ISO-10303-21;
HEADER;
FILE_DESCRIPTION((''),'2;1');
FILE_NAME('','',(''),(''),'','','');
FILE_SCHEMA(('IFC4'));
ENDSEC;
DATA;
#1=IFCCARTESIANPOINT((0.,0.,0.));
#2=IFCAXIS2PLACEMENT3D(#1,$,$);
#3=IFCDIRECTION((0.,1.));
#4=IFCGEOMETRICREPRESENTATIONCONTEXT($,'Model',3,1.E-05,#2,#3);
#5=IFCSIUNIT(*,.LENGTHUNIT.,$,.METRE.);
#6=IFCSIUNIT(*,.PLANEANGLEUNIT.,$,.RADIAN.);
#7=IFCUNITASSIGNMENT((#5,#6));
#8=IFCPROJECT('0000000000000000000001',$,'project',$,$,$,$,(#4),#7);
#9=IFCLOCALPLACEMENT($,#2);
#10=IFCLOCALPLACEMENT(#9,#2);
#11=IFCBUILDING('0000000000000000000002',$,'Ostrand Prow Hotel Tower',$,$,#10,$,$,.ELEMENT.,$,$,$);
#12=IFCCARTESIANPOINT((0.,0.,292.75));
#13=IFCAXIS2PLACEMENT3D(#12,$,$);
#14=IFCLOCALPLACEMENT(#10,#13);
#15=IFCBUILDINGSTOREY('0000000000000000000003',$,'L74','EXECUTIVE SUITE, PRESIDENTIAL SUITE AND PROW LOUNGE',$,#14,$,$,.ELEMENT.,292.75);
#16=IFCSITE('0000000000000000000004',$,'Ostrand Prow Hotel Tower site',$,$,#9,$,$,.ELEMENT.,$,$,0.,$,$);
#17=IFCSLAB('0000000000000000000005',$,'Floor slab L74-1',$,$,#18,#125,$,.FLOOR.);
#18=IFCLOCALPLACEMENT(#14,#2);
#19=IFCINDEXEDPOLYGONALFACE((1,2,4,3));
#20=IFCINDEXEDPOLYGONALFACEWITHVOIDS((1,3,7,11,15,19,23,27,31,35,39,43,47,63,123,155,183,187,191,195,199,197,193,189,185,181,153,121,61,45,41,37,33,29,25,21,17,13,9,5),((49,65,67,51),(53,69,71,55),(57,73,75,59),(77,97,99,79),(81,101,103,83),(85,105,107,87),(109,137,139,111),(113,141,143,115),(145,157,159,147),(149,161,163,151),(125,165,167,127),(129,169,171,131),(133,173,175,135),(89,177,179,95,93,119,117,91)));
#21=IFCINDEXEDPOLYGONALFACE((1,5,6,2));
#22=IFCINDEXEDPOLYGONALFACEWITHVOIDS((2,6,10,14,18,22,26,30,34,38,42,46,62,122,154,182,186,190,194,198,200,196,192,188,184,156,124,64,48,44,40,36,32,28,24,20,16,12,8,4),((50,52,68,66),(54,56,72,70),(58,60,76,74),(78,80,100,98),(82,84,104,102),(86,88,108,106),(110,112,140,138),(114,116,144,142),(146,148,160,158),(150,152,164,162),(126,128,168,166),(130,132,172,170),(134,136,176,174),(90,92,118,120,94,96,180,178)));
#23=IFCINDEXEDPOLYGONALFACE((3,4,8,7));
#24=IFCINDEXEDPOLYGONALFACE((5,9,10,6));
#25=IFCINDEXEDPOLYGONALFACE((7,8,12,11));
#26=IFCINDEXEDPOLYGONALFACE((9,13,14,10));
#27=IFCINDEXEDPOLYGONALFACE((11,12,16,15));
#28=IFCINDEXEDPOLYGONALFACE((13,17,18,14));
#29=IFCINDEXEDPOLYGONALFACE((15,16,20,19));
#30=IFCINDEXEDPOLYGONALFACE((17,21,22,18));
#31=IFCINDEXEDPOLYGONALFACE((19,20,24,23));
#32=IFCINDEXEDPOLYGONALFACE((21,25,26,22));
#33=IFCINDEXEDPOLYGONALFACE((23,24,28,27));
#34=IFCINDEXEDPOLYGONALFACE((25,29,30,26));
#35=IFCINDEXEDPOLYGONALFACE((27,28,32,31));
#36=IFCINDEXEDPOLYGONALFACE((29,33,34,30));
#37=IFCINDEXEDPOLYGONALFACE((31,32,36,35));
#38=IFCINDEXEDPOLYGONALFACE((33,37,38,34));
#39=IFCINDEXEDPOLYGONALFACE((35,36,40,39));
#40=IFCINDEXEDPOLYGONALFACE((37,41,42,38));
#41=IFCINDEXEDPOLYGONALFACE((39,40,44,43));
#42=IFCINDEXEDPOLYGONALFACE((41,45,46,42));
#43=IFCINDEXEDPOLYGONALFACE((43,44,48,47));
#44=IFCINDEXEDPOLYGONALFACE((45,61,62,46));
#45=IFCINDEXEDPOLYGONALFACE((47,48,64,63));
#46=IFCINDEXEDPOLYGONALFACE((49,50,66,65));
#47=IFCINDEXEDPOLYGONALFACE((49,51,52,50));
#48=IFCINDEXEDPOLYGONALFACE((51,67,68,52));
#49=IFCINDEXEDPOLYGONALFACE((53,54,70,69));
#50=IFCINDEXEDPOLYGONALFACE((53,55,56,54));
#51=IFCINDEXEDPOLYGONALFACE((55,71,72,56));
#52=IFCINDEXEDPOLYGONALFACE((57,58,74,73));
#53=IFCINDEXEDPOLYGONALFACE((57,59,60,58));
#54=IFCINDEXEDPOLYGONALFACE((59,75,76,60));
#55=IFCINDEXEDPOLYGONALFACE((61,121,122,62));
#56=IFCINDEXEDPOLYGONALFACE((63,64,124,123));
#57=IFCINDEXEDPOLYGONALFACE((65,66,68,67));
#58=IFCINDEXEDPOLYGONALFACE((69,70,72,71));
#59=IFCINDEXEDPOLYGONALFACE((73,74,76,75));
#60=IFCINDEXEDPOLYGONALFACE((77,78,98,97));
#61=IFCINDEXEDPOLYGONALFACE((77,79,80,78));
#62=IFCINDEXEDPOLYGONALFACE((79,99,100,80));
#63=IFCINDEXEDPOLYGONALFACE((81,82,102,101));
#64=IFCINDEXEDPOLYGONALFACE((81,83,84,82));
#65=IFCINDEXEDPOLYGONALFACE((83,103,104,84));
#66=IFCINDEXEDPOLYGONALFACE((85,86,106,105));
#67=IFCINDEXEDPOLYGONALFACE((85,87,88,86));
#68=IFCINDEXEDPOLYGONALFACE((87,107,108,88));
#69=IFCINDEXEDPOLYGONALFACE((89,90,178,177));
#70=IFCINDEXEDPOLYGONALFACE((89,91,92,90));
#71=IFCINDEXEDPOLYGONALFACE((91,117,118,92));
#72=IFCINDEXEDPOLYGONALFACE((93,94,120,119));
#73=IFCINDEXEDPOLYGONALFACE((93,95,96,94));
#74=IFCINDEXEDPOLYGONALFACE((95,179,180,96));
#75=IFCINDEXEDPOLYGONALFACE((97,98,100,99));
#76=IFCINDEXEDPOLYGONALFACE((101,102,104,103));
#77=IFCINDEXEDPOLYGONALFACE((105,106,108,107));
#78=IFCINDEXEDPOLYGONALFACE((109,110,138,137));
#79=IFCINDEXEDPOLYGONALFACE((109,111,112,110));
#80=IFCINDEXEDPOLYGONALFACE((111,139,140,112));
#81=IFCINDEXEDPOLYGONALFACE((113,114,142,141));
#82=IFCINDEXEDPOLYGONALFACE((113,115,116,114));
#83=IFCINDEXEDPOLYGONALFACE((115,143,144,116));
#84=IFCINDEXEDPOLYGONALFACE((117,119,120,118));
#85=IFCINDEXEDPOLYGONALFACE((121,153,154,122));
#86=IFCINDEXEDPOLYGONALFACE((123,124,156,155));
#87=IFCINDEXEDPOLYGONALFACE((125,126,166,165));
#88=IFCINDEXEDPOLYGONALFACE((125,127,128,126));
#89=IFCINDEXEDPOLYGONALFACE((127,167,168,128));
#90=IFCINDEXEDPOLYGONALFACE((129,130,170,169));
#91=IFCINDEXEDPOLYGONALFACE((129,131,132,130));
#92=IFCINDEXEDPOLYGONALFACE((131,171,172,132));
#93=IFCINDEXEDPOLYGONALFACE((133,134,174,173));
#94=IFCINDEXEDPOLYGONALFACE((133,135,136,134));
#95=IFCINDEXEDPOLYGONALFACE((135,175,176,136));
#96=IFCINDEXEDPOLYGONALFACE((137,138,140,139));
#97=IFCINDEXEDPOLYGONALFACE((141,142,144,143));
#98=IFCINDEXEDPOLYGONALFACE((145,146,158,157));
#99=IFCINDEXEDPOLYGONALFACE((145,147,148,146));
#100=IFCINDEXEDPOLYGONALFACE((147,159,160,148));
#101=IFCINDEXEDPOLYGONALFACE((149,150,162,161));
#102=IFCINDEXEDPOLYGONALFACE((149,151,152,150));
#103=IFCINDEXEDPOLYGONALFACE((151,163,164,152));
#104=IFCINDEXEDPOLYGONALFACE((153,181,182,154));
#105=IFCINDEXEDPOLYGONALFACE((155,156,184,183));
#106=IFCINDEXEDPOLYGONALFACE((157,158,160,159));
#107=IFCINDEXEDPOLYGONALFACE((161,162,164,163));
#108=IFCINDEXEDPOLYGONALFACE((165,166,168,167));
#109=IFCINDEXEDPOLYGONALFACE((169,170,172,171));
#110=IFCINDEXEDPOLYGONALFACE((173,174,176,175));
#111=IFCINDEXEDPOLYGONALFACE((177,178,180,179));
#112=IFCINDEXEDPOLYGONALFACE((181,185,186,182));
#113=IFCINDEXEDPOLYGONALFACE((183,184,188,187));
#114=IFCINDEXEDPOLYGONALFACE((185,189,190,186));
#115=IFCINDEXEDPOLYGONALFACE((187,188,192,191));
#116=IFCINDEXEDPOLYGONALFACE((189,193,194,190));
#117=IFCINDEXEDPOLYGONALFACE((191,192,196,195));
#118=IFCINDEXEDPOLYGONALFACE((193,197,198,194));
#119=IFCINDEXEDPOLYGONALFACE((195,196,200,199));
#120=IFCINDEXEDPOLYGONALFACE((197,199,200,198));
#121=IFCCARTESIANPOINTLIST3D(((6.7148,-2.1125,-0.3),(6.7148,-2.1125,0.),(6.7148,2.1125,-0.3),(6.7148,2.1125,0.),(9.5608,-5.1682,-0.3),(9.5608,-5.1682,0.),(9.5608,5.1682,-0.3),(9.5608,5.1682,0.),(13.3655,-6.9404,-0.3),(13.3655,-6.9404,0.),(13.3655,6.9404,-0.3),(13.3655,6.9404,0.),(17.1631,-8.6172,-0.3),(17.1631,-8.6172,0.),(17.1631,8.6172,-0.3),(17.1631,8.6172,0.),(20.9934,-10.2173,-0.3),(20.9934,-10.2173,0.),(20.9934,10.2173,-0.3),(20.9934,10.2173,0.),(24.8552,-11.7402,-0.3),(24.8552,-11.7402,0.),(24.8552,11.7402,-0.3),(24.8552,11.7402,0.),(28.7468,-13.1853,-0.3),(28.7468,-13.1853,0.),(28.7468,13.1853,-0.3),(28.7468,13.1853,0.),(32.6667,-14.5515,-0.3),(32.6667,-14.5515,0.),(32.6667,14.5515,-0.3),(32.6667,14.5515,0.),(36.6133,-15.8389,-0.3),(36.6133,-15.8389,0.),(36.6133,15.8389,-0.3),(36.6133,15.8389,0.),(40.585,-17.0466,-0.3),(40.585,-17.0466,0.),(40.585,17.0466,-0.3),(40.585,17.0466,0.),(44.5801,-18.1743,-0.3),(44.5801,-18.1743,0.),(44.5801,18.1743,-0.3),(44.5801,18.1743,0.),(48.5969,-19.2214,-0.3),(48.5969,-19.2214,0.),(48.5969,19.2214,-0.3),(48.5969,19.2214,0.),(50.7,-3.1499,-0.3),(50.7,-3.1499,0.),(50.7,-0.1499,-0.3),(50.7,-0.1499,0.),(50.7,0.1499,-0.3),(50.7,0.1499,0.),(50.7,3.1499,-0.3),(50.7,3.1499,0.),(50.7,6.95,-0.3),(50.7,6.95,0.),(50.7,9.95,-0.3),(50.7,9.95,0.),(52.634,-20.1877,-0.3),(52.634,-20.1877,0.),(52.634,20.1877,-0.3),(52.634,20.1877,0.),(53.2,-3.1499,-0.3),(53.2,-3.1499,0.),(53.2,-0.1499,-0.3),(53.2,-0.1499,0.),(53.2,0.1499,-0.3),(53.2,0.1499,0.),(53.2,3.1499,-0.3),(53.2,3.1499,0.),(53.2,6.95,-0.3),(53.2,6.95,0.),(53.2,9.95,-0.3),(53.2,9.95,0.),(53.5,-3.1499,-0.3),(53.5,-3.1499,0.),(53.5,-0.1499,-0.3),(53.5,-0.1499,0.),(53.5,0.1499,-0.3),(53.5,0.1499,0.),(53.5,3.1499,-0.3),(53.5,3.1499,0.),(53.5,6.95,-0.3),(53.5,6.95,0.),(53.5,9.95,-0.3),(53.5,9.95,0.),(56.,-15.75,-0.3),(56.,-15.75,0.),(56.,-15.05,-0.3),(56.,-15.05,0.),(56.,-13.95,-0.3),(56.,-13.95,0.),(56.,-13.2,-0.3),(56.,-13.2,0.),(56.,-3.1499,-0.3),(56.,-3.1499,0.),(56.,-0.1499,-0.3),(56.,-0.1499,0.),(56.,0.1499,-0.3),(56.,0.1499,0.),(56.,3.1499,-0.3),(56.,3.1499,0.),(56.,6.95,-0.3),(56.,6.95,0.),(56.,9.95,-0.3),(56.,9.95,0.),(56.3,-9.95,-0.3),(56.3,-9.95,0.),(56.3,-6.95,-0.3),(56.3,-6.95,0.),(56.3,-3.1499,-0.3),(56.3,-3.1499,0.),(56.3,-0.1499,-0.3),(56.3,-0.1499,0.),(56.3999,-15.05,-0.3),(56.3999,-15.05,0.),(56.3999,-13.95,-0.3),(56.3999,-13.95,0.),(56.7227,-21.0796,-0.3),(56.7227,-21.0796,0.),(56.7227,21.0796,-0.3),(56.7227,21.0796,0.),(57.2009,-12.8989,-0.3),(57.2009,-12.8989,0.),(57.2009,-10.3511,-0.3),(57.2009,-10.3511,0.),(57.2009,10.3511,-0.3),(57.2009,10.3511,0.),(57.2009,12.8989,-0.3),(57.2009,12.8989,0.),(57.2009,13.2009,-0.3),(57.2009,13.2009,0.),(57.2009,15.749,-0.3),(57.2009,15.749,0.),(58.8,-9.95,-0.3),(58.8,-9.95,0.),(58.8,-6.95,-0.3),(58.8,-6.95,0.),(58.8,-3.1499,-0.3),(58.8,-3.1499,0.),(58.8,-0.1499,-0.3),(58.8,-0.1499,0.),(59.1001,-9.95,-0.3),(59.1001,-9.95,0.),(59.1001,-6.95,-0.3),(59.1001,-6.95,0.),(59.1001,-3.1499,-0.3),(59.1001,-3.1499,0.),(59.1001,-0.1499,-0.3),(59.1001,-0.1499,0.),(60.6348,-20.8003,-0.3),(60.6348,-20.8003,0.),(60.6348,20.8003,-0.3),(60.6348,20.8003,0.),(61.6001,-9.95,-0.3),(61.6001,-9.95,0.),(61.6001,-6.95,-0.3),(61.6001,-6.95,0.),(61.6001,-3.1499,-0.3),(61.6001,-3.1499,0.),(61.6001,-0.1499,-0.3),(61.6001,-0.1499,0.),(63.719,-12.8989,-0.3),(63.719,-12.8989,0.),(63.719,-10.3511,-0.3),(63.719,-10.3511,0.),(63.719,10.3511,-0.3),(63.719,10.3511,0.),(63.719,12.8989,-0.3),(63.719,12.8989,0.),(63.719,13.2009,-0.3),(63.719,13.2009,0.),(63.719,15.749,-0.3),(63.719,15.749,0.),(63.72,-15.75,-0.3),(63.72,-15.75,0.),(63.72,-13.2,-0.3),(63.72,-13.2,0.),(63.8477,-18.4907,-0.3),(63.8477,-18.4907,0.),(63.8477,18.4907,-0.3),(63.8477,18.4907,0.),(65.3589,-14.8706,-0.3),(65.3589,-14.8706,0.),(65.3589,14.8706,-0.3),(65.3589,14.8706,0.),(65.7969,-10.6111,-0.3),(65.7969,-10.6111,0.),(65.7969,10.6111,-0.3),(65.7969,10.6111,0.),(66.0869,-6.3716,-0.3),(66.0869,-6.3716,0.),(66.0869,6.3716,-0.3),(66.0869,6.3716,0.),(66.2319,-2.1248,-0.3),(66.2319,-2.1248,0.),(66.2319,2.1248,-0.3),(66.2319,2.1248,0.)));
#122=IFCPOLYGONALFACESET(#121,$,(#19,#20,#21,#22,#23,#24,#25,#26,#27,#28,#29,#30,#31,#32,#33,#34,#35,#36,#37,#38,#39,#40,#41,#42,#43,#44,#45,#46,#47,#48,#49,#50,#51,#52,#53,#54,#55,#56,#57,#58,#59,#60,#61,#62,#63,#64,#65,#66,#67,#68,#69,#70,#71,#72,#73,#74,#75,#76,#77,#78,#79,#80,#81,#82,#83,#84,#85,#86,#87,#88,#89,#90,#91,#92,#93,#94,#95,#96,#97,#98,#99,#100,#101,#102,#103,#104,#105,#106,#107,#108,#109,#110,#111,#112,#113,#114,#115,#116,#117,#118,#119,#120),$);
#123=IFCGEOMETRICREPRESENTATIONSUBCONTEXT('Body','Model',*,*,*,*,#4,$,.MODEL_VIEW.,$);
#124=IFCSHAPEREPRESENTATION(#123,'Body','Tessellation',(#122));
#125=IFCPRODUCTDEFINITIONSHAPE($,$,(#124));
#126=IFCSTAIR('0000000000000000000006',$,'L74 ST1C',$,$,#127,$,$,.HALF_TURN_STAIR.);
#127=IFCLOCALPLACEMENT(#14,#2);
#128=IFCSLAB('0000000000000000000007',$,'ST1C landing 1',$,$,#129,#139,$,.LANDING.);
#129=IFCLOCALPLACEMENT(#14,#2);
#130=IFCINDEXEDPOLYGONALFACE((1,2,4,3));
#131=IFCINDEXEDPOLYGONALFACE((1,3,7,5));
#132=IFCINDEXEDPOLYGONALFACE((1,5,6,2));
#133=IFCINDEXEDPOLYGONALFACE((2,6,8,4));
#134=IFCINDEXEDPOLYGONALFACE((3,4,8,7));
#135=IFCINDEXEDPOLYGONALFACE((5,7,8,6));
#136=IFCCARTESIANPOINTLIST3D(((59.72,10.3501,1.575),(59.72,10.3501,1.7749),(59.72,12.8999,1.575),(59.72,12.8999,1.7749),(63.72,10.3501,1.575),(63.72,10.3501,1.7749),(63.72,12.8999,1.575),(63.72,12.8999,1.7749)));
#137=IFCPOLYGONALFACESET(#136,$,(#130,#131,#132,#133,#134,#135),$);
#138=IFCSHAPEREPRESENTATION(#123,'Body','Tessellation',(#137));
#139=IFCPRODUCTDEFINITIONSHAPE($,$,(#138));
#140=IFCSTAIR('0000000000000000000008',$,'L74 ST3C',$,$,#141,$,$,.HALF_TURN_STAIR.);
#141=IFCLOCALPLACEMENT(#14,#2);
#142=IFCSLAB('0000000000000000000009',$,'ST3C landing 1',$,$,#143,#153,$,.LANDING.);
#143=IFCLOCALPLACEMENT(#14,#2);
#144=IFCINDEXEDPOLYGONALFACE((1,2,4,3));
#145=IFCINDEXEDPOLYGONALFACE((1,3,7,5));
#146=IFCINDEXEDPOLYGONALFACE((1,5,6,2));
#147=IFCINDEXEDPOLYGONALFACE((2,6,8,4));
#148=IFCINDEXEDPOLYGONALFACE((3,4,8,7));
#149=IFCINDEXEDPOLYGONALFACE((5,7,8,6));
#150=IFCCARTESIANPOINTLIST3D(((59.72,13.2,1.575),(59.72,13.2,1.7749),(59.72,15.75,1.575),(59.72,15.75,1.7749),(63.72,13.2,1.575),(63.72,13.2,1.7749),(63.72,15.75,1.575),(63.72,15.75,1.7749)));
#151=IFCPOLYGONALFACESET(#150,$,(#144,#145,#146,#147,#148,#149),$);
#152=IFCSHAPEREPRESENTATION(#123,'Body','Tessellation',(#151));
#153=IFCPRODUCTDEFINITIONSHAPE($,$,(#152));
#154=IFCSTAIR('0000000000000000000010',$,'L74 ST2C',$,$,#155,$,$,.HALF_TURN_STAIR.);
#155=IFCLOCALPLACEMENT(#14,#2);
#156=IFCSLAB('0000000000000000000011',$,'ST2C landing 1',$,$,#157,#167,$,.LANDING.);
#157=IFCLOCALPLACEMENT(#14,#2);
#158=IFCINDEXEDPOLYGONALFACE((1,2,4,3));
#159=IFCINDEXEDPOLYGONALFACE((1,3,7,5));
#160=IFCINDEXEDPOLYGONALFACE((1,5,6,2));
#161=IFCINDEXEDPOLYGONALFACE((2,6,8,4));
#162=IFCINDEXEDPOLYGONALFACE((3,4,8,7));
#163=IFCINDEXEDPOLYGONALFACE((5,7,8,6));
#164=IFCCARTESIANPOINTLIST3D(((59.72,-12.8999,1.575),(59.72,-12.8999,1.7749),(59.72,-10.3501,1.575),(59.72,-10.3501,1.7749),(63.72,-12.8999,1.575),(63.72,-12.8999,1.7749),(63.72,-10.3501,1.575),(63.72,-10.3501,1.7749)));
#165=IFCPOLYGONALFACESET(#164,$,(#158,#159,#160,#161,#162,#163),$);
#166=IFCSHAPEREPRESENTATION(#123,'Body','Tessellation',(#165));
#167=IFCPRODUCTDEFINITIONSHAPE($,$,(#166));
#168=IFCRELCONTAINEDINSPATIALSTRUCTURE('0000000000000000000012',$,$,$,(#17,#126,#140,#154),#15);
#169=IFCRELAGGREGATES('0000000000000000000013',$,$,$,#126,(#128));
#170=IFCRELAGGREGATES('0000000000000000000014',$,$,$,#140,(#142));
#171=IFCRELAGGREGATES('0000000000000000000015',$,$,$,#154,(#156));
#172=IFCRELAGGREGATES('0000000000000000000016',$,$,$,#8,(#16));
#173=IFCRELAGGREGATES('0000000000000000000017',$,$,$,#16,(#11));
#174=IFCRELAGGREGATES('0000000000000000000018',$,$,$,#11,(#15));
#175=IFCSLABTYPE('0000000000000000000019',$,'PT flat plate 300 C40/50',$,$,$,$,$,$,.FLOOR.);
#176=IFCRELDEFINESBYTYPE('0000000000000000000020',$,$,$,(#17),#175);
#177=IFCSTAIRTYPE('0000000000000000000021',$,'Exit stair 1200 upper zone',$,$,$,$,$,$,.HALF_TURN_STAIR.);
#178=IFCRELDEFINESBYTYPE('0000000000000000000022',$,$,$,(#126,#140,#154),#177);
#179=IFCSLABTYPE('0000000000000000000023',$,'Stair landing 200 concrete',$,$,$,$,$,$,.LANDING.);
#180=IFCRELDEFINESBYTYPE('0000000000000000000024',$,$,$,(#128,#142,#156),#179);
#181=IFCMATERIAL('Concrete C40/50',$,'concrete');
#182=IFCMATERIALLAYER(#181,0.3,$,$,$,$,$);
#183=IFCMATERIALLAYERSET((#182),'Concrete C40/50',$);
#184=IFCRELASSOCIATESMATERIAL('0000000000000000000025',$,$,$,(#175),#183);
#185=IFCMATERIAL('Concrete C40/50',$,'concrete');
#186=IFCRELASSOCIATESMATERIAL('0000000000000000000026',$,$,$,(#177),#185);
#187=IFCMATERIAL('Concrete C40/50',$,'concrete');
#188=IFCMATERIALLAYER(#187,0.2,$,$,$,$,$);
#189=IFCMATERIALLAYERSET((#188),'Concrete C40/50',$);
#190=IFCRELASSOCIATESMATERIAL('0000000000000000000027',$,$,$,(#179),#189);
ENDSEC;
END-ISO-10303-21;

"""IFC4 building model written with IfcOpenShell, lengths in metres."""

from ifc_helpers import new_model, si_unit, direction, frame, origin, place, context, subcontext, project, spatial, polyline, outline, extrude, material, layer, layer_set, type_object, element, aggregate, save


model = new_model("IFC4")

# Units and contexts
model_context = context("Model", 3, precision=1e-05, world=origin(), true_north=direction((0.0, 1.0)))
body_context = subcontext(model_context, "Body", "Model", "MODEL_VIEW")
ifc_project = project(units=[si_unit("LENGTHUNIT", "METRE"), si_unit("PLANEANGLEUNIT", "RADIAN")], contexts=[model_context])

# Site, building, storey
site_placement = place(None, origin())
site = spatial("IfcSite", under=ifc_project, at=site_placement, Name="Ostrand Prow Hotel Tower site", CompositionType="ELEMENT", RefElevation=0.0)
building_placement = place(site_placement, origin())
building = spatial("IfcBuilding", under=site, at=building_placement, Name="Ostrand Prow Hotel Tower", CompositionType="ELEMENT")
storey_placement = place(building_placement, frame((0.0, 0.0, 292.75)))
storey = spatial("IfcBuildingStorey", under=building, at=storey_placement, Name="L74", Description="EXECUTIVE SUITE, PRESIDENTIAL SUITE AND PROW LOUNGE", CompositionType="ELEMENT", Elevation=292.75)

# Slab, opening
ifc_material_1 = material(Name="Concrete C40/50", Category="concrete")
ifc_layer_1 = layer(ifc_material_1, 0.3)
ifc_layer_set_1 = layer_set([ifc_layer_1], Name="Concrete C40/50")
slab_type_1 = type_object("IfcSlabType", Name="PT flat plate 300 C40/50", PredefinedType="FLOOR", material=ifc_layer_set_1)
slab_1_placement = place(storey_placement, frame((0.0, 0.0, -0.3)))
slab_1 = element("IfcSlab", 1, at=slab_1_placement, inside=storey, type_object=slab_type_1, Name="Floor slab L74-1", PredefinedType="FLOOR", context=body_context, shape_type="SweptSolid", body=[
    extrude(outline(polyline([(9.5608, 5.1682), (13.3655, 6.9404), (17.1631, 8.6172), (20.9934, 10.2173), (24.8552, 11.7402), (28.7468, 13.1853), (32.6667, 14.5515), (36.6133, 15.8389), (40.585, 17.0466), (44.5801, 18.1743), (48.5969, 19.2214), (52.634, 20.1877), (56.7227, 21.0796), (60.6348, 20.8003), (63.8477, 18.4907), (65.3589, 14.8706), (65.7969, 10.6111), (66.0869, 6.3716), (66.2319, 2.1248), (66.2319, -2.1248), (66.0869, -6.3716), (65.7969, -10.6111), (65.3589, -14.8706), (63.8477, -18.4907), (60.6348, -20.8003), (56.7227, -21.0796), (52.634, -20.1877), (48.5969, -19.2214), (44.5801, -18.1743), (40.585, -17.0466), (36.6133, -15.8389), (32.6667, -14.5515), (28.7468, -13.1853), (24.8552, -11.7402), (20.9934, -10.2173), (17.1631, -8.6172), (13.3655, -6.9404), (9.5608, -5.1682), (6.7148, -2.1125), (6.7148, 2.1125), (9.5608, 5.1682)]), holes=[polyline([(50.7, 6.95), (53.2, 6.95), (53.2, 9.95), (50.7, 9.95), (50.7, 6.95)]), polyline([(53.5, 6.95), (56.0, 6.95), (56.0, 9.95), (53.5, 9.95), (53.5, 6.95)]), polyline([(50.7, 0.1499), (53.2, 0.1499), (53.2, 3.1499), (50.7, 3.1499), (50.7, 0.1499)]), polyline([(53.5, 0.1499), (56.0, 0.1499), (56.0, 3.1499), (53.5, 3.1499), (53.5, 0.1499)]), polyline([(50.7, -3.1499), (53.2, -3.1499), (53.2, -0.1499), (50.7, -0.1499), (50.7, -3.1499)]), polyline([(53.5, -3.1499), (56.0, -3.1499), (56.0, -0.1499), (53.5, -0.1499), (53.5, -3.1499)]), polyline([(56.3, -3.1499), (58.8, -3.1499), (58.8, -0.1499), (56.3, -0.1499), (56.3, -3.1499)]), polyline([(59.1001, -3.1499), (61.6001, -3.1499), (61.6001, -0.1499), (59.1001, -0.1499), (59.1001, -3.1499)]), polyline([(56.3, -9.95), (58.8, -9.95), (58.8, -6.95), (56.3, -6.95), (56.3, -9.95)]), polyline([(59.1001, -9.95), (61.6001, -9.95), (61.6001, -6.95), (59.1001, -6.95), (59.1001, -9.95)]), polyline([(57.2009, 10.3511), (57.2009, 12.8989), (63.719, 12.8989), (63.719, 10.3511), (57.2009, 10.3511)]), polyline([(57.2009, 13.2009), (57.2009, 15.749), (63.719, 15.749), (63.719, 13.2009), (57.2009, 13.2009)]), polyline([(57.2009, -12.8989), (57.2009, -10.3511), (63.719, -10.3511), (63.719, -12.8989), (57.2009, -12.8989)]), polyline([(56.0, -13.95), (56.0, -13.2), (63.72, -13.2), (63.72, -15.75), (56.0, -15.75), (56.0, -15.05), (56.3999, -15.05), (56.3999, -13.95), (56.0, -13.95)])]), origin(), (0.0, 0.0, 1.0), 0.3),
])
opening_1_placement = place(slab_1_placement, origin())
element("IfcOpeningElement", 2, at=opening_1_placement, cuts=slab_1, PredefinedType="OPENING", context=body_context, shape_type="SweptSolid", body=[
    extrude(outline(polyline([(56.0, -13.95), (56.0, -13.2), (63.72, -13.2), (63.72, -15.75), (56.0, -15.75), (56.0, -15.05), (56.3999, -15.05), (56.3999, -13.95), (56.0, -13.95)])), origin(), (0.0, 0.0, 1.0), 0.3),
])

# Stairs, slabs
ifc_material_2 = material(Name="Concrete C40/50", Category="concrete")
stair_type = type_object("IfcStairType", Name="Exit stair 1200 upper zone", PredefinedType="HALF_TURN_STAIR", material=ifc_material_2)
stair_1_placement = place(storey_placement, origin())
stair_1 = element("IfcStair", 3, at=stair_1_placement, inside=storey, type_object=stair_type, Name="L74 ST1C", PredefinedType="HALF_TURN_STAIR")
ifc_material_3 = material(Name="Concrete C40/50", Category="concrete")
ifc_layer_2 = layer(ifc_material_3, 0.2)
ifc_layer_set_2 = layer_set([ifc_layer_2], Name="Concrete C40/50")
slab_type_2 = type_object("IfcSlabType", Name="Stair landing 200 concrete", PredefinedType="LANDING", material=ifc_layer_set_2)
slab_2_placement = place(storey_placement, frame((0.0, 0.0, 1.575)))
slab_2 = element("IfcSlab", 4, at=slab_2_placement, type_object=slab_type_2, Name="ST1C landing 1", PredefinedType="LANDING", context=body_context, shape_type="SweptSolid", body=[
    extrude(outline(polyline([(59.72, 10.3501), (63.72, 10.3501), (63.72, 12.8999), (59.72, 12.8999), (59.72, 10.3501)])), origin(), (0.0, 0.0, 1.0), 0.2),
])
aggregate(stair_1, [slab_2])
stair_2_placement = place(storey_placement, origin())
stair_2 = element("IfcStair", 5, at=stair_2_placement, inside=storey, type_object=stair_type, Name="L74 ST3C", PredefinedType="HALF_TURN_STAIR")
slab_3_placement = place(storey_placement, frame((0.0, 0.0, 1.575)))
slab_3 = element("IfcSlab", 6, at=slab_3_placement, type_object=slab_type_2, Name="ST3C landing 1", PredefinedType="LANDING", context=body_context, shape_type="SweptSolid", body=[
    extrude(outline(polyline([(59.72, 13.2), (63.72, 13.2), (63.72, 15.75), (59.72, 15.75), (59.72, 13.2)])), origin(), (0.0, 0.0, 1.0), 0.2),
])
aggregate(stair_2, [slab_3])
stair_3_placement = place(storey_placement, origin())
stair_3 = element("IfcStair", 7, at=stair_3_placement, inside=storey, type_object=stair_type, Name="L74 ST2C", PredefinedType="HALF_TURN_STAIR")
slab_4_placement = place(storey_placement, frame((0.0, 0.0, 1.575)))
slab_4 = element("IfcSlab", 8, at=slab_4_placement, type_object=slab_type_2, Name="ST2C landing 1", PredefinedType="LANDING", context=body_context, shape_type="SweptSolid", body=[
    extrude(outline(polyline([(59.72, -12.8999), (63.72, -12.8999), (63.72, -10.3501), (59.72, -10.3501), (59.72, -12.8999)])), origin(), (0.0, 0.0, 1.0), 0.2),
])
aggregate(stair_3, [slab_4])

save(model, "model.ifc")
